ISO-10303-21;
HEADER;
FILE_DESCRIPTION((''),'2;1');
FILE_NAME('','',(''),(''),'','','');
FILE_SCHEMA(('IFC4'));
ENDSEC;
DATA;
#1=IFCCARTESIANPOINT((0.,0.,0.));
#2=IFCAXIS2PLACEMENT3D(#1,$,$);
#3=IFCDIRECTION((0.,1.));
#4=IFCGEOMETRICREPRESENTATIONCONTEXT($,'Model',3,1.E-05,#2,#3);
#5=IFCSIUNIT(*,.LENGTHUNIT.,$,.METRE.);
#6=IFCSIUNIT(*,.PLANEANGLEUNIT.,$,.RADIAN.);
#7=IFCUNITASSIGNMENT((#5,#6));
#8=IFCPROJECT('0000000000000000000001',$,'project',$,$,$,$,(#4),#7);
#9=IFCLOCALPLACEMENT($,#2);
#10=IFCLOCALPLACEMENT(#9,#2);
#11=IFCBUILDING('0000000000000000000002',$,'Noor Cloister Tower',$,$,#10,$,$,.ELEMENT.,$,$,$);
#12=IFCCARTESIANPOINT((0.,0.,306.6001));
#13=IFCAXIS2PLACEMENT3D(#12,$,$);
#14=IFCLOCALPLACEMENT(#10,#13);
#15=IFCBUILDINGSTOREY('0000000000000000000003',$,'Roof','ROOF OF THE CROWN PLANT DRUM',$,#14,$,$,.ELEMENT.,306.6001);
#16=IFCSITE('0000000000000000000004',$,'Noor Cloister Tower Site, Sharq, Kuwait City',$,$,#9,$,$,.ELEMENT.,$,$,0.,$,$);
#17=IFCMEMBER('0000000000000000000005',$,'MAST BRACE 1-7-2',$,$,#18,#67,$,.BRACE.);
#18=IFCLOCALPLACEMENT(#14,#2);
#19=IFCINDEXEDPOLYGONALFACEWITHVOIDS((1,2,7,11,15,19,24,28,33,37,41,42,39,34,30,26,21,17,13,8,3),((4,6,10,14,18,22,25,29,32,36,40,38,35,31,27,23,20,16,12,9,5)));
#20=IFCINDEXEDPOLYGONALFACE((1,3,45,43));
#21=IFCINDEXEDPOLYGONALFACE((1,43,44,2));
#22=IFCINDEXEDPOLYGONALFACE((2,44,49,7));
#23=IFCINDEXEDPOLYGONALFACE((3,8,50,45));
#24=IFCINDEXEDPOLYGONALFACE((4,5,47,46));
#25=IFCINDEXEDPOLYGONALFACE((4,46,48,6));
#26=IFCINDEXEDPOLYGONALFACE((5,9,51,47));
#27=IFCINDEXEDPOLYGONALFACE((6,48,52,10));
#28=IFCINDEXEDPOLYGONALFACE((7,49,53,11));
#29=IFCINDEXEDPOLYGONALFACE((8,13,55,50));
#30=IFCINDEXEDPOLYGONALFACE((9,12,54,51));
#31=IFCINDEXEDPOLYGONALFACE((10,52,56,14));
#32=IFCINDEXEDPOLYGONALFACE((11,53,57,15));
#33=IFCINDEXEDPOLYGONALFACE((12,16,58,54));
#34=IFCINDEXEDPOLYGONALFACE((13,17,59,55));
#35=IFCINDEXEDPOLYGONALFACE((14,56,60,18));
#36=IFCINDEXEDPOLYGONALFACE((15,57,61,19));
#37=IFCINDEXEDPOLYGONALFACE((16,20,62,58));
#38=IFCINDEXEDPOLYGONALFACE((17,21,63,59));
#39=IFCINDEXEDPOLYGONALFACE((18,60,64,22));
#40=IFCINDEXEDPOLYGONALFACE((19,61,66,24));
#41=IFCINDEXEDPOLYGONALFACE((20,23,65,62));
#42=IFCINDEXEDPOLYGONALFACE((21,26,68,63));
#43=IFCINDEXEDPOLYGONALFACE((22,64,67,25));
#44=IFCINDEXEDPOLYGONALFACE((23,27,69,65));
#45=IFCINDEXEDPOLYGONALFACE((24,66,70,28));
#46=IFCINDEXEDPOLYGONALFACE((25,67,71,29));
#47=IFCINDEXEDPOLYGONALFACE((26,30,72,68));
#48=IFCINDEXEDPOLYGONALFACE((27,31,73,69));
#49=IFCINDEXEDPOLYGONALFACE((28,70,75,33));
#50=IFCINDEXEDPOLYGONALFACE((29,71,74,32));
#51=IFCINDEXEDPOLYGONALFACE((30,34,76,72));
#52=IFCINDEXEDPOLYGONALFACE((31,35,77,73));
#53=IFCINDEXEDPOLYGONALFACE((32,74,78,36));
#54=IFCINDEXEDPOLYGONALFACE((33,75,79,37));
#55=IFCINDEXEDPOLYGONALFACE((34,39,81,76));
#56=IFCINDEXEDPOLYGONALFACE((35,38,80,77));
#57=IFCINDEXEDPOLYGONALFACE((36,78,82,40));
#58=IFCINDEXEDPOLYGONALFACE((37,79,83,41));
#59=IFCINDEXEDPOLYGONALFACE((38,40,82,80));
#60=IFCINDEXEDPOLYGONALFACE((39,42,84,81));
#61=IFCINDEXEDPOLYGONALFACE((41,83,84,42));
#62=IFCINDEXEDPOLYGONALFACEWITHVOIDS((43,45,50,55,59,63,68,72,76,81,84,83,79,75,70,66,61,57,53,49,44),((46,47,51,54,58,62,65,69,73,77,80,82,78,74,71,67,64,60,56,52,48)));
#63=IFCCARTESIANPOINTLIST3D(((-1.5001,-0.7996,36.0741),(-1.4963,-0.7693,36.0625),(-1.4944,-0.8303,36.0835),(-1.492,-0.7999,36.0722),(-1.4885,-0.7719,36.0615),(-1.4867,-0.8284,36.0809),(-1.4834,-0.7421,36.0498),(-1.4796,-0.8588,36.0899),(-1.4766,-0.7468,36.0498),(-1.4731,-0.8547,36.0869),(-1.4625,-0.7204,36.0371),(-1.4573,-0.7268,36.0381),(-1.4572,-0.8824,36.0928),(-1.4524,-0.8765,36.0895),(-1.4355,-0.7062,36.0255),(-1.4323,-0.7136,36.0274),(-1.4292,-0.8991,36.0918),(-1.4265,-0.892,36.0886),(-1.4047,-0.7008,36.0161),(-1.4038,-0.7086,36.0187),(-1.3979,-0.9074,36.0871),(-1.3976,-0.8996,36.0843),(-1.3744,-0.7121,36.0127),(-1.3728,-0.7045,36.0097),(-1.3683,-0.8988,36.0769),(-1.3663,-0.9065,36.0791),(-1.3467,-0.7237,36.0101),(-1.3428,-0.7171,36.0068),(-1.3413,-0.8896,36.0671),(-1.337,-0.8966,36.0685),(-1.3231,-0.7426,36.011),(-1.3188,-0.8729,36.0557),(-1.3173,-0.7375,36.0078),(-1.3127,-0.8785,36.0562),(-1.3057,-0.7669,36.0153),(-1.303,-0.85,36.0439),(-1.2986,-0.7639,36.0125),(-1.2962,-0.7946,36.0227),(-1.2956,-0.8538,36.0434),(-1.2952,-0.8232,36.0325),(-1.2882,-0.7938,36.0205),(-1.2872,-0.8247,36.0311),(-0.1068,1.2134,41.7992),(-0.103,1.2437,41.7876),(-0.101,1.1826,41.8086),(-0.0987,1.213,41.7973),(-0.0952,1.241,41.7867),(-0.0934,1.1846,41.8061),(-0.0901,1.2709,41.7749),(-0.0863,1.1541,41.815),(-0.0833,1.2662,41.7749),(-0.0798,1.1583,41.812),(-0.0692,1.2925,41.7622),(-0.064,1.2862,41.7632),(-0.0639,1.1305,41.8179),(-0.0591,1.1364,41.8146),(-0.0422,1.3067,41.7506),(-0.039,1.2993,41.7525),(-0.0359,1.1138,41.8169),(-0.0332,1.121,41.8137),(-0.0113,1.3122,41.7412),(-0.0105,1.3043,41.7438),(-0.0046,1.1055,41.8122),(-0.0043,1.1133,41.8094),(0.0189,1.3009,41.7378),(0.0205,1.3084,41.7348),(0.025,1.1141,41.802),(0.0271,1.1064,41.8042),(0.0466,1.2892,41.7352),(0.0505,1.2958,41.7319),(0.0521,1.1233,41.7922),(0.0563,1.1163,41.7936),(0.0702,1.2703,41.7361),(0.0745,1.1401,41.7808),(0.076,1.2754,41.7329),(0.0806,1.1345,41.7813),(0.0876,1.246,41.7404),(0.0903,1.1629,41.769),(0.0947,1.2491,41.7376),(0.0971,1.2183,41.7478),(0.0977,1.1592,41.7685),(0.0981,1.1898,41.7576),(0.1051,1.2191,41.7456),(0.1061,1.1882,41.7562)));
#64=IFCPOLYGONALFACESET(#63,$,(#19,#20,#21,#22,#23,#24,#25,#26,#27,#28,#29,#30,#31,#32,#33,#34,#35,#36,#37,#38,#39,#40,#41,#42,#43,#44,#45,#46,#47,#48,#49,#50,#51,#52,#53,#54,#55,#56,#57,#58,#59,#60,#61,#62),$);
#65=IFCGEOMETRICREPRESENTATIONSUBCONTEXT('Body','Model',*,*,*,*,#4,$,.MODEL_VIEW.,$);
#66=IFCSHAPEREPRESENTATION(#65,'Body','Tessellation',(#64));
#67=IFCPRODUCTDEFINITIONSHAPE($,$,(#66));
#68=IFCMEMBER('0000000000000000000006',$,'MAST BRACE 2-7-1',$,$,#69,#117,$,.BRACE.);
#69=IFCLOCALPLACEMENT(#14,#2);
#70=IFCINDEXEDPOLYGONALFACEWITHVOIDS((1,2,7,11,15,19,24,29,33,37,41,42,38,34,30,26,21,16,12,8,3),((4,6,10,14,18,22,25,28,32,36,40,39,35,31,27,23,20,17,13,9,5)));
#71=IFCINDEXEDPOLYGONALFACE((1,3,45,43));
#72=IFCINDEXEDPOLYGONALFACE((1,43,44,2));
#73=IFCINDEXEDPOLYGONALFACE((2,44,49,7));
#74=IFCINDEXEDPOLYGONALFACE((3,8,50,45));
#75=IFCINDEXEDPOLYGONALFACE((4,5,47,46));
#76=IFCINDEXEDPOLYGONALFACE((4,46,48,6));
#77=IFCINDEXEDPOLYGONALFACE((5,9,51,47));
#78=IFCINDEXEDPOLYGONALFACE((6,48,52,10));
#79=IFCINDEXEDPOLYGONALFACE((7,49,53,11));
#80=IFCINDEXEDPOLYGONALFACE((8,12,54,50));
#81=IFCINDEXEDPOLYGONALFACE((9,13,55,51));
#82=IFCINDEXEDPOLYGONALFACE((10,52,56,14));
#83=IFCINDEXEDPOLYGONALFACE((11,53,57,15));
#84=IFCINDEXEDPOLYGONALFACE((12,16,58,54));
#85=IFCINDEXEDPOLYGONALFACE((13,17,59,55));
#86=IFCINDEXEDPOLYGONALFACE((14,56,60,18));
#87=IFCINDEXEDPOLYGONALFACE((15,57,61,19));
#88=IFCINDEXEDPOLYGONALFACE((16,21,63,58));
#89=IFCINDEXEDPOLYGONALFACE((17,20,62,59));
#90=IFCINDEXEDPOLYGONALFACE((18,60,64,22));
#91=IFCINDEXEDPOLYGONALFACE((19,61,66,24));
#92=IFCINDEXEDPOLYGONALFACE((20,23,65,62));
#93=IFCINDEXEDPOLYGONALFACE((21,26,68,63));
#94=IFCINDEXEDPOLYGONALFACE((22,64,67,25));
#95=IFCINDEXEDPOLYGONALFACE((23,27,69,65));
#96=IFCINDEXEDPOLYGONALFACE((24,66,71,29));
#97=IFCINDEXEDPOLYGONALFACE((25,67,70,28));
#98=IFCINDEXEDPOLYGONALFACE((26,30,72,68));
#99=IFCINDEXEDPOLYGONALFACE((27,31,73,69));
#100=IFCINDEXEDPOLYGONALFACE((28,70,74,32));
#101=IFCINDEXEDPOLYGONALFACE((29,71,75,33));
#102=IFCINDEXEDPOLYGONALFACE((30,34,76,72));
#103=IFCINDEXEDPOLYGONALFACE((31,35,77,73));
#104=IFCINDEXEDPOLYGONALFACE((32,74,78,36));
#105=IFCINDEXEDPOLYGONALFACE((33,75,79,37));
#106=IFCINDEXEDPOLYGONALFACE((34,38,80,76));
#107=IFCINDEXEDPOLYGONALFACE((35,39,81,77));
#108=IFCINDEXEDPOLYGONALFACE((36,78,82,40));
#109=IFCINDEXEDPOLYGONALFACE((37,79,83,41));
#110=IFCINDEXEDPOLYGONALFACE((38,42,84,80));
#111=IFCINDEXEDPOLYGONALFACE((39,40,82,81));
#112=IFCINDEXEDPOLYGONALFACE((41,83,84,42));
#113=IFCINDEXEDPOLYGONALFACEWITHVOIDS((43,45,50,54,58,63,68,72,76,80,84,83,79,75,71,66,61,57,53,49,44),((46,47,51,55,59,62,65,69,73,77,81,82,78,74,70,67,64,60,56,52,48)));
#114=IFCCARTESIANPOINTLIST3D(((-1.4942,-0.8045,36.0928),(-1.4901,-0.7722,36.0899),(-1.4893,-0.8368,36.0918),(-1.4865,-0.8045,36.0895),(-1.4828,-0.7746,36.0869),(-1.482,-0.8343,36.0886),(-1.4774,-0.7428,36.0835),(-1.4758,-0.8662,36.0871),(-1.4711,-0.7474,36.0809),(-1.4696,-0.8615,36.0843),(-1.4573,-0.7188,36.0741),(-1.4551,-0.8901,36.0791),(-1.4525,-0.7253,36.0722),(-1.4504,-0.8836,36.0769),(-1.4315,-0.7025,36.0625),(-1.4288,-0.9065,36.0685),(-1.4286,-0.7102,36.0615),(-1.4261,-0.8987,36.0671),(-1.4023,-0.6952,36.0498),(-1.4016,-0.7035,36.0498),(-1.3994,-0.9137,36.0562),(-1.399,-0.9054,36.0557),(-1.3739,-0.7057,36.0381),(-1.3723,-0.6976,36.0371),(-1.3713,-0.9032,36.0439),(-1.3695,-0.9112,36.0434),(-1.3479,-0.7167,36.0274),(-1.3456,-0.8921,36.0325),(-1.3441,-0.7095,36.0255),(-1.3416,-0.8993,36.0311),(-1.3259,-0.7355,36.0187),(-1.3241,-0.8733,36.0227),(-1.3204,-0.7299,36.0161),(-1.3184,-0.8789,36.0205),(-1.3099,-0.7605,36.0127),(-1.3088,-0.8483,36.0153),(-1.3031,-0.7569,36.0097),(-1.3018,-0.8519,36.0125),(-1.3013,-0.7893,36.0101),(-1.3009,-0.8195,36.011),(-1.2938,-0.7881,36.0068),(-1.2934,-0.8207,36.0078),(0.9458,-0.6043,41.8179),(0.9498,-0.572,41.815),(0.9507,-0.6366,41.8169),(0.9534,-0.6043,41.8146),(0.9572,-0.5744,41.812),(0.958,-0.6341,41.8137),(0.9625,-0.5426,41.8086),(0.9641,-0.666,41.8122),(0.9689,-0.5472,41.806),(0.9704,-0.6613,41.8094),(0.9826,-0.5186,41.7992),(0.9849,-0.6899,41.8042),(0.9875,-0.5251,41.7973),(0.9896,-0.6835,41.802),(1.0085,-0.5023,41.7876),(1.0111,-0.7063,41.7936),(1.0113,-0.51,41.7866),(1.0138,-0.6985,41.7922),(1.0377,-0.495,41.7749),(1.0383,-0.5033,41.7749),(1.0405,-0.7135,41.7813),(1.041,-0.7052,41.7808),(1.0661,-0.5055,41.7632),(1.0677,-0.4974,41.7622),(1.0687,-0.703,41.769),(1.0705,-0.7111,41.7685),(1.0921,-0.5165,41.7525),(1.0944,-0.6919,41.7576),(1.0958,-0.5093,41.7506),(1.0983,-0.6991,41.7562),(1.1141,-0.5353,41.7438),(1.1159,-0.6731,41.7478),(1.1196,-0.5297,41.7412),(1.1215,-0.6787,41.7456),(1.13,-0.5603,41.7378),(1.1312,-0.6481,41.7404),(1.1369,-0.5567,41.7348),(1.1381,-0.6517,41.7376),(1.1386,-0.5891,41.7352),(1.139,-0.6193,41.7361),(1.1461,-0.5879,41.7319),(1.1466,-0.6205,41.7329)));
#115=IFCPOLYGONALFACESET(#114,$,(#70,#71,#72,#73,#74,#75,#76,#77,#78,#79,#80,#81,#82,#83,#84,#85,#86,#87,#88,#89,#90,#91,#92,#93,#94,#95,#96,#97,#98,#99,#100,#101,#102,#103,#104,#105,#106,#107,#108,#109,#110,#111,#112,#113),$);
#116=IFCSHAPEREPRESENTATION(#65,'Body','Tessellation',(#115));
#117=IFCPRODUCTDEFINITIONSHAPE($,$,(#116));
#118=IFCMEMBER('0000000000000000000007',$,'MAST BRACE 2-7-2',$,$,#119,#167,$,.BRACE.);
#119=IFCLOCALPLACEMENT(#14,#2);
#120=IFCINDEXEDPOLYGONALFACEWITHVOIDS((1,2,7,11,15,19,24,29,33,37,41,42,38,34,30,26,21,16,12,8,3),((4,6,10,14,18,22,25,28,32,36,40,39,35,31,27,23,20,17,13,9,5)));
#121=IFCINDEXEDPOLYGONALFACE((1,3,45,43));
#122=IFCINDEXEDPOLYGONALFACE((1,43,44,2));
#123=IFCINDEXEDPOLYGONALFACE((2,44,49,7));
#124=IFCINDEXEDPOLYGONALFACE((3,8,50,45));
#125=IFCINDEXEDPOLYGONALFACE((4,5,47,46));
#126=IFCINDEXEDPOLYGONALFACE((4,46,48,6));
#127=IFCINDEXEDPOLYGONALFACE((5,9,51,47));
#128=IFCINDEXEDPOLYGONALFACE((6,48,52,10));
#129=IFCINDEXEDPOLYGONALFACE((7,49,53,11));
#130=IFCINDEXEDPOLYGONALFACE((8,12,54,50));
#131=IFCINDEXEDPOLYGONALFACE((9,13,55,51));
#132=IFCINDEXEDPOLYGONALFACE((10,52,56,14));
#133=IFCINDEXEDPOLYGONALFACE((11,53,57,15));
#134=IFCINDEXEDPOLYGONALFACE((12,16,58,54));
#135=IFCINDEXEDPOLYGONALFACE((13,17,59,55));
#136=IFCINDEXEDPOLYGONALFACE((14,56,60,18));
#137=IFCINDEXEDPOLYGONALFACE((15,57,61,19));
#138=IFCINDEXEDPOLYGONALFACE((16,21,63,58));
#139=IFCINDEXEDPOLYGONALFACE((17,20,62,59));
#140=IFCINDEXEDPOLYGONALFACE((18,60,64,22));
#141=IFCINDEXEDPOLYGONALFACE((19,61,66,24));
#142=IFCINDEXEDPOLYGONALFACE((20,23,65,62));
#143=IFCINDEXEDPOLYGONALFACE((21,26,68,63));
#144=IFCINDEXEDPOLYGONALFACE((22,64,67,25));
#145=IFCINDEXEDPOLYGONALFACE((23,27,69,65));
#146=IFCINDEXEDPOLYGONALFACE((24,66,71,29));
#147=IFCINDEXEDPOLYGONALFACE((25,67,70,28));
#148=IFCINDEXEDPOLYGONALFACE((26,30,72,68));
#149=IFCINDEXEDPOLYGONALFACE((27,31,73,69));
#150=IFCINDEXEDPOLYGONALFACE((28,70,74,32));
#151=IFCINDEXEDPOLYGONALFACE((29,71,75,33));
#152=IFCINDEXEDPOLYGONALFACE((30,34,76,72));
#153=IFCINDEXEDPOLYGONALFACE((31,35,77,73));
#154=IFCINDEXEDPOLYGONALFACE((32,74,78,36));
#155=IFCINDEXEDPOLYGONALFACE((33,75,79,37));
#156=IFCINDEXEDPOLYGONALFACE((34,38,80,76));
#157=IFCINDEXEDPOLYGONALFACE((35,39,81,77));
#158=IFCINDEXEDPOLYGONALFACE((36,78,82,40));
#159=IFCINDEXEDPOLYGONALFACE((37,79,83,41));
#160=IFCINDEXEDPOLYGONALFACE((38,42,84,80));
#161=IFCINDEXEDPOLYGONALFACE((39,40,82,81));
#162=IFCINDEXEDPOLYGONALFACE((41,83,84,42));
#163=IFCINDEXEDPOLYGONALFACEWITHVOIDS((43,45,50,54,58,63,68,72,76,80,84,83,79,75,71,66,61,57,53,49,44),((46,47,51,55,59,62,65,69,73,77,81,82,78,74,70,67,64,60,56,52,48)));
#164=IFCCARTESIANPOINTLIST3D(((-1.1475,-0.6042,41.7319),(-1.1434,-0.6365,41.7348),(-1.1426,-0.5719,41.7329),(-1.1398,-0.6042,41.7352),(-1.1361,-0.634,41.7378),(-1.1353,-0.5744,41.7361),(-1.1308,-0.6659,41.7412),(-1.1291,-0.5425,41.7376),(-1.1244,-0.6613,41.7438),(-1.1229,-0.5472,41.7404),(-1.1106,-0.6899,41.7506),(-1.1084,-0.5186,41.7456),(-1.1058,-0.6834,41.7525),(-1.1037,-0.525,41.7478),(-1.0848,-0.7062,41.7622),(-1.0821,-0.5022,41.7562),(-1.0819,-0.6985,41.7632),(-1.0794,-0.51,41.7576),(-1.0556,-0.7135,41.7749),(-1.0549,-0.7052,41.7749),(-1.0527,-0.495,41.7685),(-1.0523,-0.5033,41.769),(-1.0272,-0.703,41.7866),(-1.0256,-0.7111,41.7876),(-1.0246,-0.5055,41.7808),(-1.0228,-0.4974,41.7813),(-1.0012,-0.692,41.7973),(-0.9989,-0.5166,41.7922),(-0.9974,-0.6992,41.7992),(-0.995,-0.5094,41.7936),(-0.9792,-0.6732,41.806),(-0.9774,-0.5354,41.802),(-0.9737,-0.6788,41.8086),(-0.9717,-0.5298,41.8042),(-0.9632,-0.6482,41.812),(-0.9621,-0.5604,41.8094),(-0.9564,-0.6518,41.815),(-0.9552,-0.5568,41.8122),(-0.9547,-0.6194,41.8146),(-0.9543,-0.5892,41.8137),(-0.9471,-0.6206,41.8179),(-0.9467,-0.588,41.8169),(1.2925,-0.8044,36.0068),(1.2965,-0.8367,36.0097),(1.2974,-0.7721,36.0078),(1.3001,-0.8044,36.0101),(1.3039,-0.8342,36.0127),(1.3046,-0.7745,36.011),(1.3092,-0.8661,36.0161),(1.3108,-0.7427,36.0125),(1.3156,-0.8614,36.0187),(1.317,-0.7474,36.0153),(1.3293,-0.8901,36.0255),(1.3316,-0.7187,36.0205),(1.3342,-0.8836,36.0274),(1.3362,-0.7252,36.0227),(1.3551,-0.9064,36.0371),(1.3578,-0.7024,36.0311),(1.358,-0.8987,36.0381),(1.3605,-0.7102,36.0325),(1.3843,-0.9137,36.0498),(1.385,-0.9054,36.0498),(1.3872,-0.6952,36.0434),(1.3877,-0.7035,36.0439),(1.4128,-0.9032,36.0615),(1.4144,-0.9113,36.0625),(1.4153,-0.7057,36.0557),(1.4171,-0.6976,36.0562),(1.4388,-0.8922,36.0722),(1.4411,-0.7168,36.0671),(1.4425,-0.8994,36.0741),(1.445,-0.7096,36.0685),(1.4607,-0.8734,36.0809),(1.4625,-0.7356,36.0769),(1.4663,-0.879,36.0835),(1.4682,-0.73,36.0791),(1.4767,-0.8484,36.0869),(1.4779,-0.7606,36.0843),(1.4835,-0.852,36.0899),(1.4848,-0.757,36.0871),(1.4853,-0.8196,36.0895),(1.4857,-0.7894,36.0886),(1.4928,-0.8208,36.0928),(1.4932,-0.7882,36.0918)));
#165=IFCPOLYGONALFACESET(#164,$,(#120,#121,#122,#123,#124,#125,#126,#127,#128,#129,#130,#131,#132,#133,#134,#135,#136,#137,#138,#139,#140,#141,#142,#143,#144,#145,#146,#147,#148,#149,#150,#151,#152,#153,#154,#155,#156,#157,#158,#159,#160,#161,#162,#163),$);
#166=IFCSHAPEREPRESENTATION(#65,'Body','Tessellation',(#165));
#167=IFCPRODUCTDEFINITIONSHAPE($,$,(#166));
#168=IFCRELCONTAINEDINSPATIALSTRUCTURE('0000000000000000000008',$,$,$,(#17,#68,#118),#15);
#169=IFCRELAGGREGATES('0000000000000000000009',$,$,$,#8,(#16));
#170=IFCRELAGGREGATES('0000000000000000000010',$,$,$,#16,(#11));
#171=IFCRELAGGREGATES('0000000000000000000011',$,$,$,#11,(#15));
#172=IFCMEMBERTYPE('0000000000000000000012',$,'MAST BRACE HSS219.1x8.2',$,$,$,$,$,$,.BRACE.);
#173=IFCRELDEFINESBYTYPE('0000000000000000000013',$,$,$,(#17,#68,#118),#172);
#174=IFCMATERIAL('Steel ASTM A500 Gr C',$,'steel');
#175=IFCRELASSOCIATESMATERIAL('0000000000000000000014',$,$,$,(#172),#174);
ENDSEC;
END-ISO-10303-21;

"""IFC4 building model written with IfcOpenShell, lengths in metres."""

from ifc_helpers import new_model, si_unit, direction, frame, origin, origin_2d, place, context, subcontext, project, spatial, hollow_circle, extrude, material, material_profile, profile_set, type_object, element, save


model = new_model("IFC4")

# Units and contexts
model_context = context("Model", 3, precision=1e-05, world=origin(), true_north=direction((0.0, 1.0)))
body_context = subcontext(model_context, "Body", "Model", "MODEL_VIEW")
ifc_project = project(units=[si_unit("LENGTHUNIT", "METRE"), si_unit("PLANEANGLEUNIT", "RADIAN")], contexts=[model_context])

# Site, building, storey
site_placement = place(None, origin())
site = spatial("IfcSite", under=ifc_project, at=site_placement, Name="Noor Cloister Tower Site, Sharq, Kuwait City", CompositionType="ELEMENT", RefElevation=0.0)
building_placement = place(site_placement, origin())
building = spatial("IfcBuilding", under=site, at=building_placement, Name="Noor Cloister Tower", CompositionType="ELEMENT")
storey_placement = place(building_placement, frame((0.0, 0.0, 306.6001)))
storey = spatial("IfcBuildingStorey", under=building, at=storey_placement, Name="Roof", Description="ROOF OF THE CROWN PLANT DRUM", CompositionType="ELEMENT", Elevation=306.6001)

# Members
ifc_material_1 = material(Name="Steel ASTM A500 Gr C", Category="steel")
ifc_material_profile_1 = material_profile(ifc_material_1, hollow_circle(Radius=0.1096, WallThickness=0.0083, at=origin_2d()), Name="HSS219.1x8.2")
ifc_profile_set_1 = profile_set([ifc_material_profile_1], Name="Steel ASTM A500 Gr C")
member_type_1 = type_object("IfcMemberType", Name="MAST BRACE HSS219.1x8.2", PredefinedType="BRACE", material=ifc_profile_set_1)
for number, where, z_axis, x_axis, name in (
    (1, (-1.3933, -0.8044, 36.0498), (0.223769, 0.323283, 0.919465), (-0.822242, 0.569137, 0.0), "MAST BRACE 1-7-2"),
    (2, (-1.3933, -0.8044, 36.0498), (0.39186, 0.032152, 0.919463), (-0.081774, 0.996651, 0.0), "MAST BRACE 2-7-1"),
    (3, (1.3933, -0.8044, 36.0498), (-0.39186, 0.032152, 0.919463), (-0.081774, -0.996651, 0.0), "MAST BRACE 2-7-2"),
):
    element("IfcMember", number, at=place(storey_placement, frame(where, z_axis=z_axis, x_axis=x_axis)), inside=storey, type_object=member_type_1, Name=name, PredefinedType="BRACE", context=body_context, shape_type="SweptSolid", body=[
        extrude(hollow_circle(Radius=0.1096, WallThickness=0.0083, at=origin_2d()), origin(), (0.0, 0.0, 1.0), 6.2266),
    ])

save(model, "model.ifc")
